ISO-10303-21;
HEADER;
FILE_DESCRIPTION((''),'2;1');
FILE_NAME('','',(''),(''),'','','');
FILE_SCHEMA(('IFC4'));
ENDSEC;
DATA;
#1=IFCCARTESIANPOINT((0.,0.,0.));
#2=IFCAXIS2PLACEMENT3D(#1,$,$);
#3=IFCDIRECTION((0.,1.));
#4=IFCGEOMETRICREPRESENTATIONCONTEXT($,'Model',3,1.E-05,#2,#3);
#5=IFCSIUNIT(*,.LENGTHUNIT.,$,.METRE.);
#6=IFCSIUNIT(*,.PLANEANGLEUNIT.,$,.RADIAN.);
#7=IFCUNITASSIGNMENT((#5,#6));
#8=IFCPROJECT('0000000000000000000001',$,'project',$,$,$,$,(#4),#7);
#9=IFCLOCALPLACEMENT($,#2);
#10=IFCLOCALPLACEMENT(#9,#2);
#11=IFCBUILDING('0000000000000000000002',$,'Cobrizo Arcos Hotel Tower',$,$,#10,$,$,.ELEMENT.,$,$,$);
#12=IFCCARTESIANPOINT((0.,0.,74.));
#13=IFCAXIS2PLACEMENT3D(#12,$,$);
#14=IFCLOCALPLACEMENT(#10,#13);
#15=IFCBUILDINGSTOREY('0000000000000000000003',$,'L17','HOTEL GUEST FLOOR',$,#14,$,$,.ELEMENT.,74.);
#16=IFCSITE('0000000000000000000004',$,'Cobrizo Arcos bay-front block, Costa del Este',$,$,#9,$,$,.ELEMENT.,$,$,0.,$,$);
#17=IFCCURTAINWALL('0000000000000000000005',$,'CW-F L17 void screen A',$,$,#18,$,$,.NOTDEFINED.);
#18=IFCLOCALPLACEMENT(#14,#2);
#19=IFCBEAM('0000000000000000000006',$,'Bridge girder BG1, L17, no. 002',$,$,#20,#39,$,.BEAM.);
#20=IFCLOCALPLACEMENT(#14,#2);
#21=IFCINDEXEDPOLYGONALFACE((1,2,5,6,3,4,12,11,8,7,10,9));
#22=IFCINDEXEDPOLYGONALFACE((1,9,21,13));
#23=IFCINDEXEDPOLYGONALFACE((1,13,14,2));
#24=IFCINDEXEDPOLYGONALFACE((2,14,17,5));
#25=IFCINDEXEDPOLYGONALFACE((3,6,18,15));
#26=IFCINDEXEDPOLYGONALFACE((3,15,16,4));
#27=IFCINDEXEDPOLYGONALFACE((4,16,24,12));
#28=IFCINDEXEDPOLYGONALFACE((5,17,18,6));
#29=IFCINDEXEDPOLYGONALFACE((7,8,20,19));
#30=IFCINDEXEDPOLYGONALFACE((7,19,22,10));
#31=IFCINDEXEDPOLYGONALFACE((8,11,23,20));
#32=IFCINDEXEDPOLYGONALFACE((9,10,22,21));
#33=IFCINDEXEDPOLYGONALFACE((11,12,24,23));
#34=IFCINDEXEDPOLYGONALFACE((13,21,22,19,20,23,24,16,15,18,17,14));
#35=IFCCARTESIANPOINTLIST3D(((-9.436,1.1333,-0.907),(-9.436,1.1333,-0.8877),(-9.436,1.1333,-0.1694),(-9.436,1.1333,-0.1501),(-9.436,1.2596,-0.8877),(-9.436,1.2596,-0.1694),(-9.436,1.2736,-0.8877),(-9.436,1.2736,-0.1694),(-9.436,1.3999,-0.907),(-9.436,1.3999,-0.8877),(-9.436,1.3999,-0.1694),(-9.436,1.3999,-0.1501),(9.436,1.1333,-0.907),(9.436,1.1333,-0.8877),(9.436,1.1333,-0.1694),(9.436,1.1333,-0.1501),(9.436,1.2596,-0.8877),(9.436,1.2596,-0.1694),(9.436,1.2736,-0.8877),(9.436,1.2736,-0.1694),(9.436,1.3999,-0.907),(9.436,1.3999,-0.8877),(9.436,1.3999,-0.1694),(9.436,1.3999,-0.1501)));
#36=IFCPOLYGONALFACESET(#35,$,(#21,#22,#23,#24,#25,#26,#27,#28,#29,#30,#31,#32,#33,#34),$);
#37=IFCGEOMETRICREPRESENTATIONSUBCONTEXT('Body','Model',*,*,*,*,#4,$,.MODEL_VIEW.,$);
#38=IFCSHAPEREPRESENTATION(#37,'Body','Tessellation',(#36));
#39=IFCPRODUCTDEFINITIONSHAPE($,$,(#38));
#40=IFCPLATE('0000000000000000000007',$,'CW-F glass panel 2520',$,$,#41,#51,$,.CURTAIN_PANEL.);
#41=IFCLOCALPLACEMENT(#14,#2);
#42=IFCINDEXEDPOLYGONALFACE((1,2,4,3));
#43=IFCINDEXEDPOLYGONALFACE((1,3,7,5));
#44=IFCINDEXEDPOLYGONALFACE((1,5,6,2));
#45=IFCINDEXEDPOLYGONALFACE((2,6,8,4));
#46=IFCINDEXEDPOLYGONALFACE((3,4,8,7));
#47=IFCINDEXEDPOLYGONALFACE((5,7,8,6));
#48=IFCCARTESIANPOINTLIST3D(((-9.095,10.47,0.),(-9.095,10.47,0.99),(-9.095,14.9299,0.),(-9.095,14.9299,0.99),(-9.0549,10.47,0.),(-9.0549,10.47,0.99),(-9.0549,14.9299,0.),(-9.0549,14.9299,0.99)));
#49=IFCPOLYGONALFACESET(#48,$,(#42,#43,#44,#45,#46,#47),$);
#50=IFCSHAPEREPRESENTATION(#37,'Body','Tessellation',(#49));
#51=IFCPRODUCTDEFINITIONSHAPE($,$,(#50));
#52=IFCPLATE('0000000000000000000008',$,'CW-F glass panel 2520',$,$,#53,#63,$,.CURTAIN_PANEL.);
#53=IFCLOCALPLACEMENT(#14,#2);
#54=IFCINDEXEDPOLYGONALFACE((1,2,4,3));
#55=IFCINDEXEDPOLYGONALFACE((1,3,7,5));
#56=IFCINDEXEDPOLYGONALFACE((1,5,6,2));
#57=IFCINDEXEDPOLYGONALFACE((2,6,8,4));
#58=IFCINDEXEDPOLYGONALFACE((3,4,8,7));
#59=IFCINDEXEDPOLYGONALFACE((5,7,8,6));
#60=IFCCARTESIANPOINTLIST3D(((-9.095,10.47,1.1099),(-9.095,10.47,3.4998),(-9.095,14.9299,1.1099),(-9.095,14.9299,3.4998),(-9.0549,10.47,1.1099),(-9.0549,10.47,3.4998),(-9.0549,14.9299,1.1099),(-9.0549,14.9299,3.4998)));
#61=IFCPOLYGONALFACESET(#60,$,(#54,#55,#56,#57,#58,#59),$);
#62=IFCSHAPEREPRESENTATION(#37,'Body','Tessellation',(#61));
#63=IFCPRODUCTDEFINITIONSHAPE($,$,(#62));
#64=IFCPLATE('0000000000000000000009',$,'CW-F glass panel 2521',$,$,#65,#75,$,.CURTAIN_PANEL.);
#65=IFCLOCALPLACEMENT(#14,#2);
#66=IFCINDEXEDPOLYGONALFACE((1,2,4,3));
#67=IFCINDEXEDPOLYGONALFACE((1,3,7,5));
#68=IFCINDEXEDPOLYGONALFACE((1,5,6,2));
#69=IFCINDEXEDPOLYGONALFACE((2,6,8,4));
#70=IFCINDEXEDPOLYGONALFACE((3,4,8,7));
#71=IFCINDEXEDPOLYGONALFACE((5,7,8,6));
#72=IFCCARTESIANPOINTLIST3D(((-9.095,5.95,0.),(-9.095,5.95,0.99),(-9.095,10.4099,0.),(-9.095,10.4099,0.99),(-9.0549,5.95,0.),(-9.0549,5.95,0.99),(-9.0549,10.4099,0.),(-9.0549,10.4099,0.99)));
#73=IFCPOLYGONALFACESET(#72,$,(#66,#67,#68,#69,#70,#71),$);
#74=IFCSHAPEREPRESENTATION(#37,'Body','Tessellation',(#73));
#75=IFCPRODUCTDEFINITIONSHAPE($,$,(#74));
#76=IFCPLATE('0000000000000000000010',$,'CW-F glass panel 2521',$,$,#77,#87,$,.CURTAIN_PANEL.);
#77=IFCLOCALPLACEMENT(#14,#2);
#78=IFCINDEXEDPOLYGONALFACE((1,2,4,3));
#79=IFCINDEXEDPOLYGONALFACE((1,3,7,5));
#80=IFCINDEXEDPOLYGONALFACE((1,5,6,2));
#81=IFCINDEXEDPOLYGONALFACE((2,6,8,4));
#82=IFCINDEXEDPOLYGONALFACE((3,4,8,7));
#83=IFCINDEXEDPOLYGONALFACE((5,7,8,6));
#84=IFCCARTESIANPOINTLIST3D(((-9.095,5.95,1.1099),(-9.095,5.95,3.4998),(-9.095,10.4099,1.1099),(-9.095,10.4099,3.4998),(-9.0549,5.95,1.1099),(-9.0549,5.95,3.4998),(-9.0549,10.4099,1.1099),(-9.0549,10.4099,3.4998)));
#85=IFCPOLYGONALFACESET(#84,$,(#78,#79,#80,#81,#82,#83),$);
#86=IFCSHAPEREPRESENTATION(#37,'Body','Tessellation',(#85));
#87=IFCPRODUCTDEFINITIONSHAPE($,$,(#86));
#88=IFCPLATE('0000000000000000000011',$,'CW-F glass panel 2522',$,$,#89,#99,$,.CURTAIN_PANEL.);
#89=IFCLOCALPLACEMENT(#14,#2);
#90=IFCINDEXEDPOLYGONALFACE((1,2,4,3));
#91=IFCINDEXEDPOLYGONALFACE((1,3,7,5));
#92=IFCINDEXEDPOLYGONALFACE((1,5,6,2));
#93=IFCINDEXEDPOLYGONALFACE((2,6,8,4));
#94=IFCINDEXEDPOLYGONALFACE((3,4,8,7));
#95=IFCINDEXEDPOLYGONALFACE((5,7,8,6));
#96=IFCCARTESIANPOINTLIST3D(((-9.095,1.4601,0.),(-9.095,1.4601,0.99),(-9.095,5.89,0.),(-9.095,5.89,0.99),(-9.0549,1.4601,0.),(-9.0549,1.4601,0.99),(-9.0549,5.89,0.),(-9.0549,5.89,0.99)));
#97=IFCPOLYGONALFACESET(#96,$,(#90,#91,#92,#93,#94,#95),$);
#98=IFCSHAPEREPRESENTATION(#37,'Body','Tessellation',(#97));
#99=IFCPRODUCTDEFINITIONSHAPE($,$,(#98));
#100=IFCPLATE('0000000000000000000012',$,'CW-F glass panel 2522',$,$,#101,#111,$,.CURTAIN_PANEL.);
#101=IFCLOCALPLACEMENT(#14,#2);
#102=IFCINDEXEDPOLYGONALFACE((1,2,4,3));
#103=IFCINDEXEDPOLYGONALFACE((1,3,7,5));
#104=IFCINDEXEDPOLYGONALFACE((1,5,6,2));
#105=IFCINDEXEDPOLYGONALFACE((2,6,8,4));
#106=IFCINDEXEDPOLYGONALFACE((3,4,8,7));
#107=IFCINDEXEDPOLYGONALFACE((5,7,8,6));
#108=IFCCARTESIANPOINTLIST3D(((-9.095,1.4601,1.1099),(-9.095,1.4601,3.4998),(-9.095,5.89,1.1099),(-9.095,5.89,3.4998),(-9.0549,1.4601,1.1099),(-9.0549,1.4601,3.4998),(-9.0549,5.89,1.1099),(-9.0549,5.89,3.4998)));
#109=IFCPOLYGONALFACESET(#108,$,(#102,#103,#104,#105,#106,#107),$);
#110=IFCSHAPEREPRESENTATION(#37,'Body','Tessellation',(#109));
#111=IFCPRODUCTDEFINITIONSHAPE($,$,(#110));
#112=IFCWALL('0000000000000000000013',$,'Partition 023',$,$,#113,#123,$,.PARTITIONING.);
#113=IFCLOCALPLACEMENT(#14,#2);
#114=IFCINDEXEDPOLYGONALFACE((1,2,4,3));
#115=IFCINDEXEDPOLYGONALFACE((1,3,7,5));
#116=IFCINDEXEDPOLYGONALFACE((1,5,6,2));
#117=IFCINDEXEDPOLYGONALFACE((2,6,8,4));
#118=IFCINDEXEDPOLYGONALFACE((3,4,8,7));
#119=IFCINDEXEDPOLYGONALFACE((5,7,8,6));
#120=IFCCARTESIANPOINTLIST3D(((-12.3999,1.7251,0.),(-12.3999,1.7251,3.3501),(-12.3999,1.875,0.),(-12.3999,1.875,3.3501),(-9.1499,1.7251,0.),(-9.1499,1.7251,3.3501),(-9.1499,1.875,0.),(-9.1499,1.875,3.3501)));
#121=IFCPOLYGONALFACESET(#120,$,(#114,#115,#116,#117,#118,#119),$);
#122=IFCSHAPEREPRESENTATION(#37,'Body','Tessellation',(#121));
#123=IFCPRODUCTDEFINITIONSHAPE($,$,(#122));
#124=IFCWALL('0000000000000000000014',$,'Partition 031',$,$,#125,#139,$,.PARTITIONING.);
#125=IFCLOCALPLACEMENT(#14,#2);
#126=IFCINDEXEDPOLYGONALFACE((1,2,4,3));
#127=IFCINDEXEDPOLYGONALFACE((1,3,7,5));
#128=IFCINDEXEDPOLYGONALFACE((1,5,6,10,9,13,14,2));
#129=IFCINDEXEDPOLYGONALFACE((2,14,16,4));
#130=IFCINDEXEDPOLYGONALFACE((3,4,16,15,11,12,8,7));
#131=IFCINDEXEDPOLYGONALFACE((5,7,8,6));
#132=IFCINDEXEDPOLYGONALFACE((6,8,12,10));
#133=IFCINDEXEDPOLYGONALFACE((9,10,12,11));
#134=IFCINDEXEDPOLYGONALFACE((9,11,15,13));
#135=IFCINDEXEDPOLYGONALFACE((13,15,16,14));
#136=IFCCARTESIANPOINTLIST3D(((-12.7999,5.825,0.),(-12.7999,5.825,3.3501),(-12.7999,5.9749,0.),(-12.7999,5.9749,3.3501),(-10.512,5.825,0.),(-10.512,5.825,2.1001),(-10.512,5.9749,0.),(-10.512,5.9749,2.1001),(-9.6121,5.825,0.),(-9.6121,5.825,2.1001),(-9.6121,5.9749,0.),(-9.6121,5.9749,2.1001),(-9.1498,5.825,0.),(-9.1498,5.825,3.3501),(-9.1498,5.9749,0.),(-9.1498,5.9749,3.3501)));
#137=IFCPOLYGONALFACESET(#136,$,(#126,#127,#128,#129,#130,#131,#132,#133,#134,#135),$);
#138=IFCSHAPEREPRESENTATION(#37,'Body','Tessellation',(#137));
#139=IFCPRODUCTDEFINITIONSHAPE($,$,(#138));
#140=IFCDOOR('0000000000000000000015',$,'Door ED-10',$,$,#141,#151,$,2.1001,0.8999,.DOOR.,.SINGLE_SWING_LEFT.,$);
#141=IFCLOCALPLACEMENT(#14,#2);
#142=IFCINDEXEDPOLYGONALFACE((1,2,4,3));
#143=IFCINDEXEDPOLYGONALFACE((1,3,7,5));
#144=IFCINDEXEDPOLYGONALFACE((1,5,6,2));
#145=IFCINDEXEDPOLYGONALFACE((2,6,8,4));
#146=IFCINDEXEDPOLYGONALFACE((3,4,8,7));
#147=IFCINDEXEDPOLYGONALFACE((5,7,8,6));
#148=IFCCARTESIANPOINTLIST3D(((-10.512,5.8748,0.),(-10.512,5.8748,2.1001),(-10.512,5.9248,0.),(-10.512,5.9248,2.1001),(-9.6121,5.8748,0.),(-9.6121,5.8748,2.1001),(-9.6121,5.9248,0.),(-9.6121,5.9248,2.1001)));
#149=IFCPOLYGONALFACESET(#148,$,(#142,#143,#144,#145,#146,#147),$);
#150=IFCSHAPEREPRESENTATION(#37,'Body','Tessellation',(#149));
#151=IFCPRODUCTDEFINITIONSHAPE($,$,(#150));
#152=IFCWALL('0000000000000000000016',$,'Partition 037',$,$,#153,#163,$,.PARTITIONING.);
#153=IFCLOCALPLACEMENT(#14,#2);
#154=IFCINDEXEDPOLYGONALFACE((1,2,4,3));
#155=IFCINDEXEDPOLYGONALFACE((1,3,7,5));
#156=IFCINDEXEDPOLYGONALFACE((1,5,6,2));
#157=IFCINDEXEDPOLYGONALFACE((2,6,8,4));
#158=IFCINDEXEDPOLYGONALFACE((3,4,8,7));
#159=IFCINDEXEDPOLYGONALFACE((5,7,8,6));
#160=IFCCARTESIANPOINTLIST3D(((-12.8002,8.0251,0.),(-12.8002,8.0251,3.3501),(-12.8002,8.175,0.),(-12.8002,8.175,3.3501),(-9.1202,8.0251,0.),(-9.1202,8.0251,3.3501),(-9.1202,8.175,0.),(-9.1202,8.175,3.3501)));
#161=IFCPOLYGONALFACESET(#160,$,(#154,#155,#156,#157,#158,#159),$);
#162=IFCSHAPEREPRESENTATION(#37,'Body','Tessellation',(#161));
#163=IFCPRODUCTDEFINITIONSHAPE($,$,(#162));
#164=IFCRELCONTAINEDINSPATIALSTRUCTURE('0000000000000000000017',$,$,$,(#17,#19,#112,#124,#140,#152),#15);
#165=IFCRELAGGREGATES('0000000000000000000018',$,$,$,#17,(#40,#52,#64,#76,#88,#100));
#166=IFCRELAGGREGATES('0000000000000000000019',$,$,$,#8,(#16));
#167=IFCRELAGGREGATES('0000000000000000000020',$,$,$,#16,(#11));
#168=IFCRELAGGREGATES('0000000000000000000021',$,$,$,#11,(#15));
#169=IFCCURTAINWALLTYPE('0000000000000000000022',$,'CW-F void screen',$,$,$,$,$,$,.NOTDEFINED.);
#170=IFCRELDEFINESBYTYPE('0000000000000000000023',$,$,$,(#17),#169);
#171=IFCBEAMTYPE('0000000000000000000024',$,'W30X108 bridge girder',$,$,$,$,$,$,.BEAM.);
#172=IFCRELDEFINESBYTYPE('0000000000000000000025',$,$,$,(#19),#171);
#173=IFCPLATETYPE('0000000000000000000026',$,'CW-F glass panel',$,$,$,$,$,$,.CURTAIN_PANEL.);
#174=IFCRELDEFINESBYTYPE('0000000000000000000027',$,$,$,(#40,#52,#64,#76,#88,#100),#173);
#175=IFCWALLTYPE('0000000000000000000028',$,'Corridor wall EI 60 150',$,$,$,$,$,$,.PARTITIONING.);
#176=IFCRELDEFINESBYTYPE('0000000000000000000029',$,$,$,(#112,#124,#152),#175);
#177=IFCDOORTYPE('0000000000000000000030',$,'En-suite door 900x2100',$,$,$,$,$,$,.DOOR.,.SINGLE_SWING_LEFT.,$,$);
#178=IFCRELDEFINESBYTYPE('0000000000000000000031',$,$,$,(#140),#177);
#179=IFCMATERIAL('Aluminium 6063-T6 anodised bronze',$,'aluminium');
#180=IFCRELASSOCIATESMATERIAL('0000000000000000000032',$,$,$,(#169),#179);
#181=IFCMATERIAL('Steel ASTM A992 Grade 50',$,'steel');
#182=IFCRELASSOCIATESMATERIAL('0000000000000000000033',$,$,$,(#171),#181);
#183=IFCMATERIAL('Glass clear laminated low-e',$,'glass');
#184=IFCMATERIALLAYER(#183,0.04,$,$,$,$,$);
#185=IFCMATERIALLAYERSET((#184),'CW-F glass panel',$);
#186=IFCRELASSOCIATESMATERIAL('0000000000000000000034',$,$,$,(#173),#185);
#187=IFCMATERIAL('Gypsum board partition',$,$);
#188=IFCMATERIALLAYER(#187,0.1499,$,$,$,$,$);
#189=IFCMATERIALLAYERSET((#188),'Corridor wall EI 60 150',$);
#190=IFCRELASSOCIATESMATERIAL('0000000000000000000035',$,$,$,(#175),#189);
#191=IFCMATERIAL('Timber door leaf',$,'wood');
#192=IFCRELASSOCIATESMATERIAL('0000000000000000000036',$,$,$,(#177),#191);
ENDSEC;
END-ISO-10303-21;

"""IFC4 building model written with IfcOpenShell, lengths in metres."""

from ifc_helpers import new_model, si_unit, direction, frame, frame_2d, origin, origin_2d, place, context, subcontext, project, spatial, rectangle, i_section, extrude, material, layer, layer_set, material_profile, profile_set, type_object, element, fill, aggregate, save


model = new_model("IFC4")

# Units and contexts
model_context = context("Model", 3, precision=1e-05, world=origin(), true_north=direction((0.0, 1.0)))
body_context = subcontext(model_context, "Body", "Model", "MODEL_VIEW")
ifc_project = project(units=[si_unit("LENGTHUNIT", "METRE"), si_unit("PLANEANGLEUNIT", "RADIAN")], contexts=[model_context])

# Site, building, storey
site_placement = place(None, origin())
site = spatial("IfcSite", under=ifc_project, at=site_placement, Name="Cobrizo Arcos bay-front block, Costa del Este", CompositionType="ELEMENT", RefElevation=0.0)
building_placement = place(site_placement, origin())
building = spatial("IfcBuilding", under=site, at=building_placement, Name="Cobrizo Arcos Hotel Tower", CompositionType="ELEMENT")
storey_placement = place(building_placement, frame((0.0, 0.0, 74.0)))
storey = spatial("IfcBuildingStorey", under=building, at=storey_placement, Name="L17", Description="HOTEL GUEST FLOOR", CompositionType="ELEMENT", Elevation=74.0)

# Shared definitions
ifc_material_1 = material(Name="Steel ASTM A992 Grade 50", Category="steel")

# Curtain wall
ifc_material_2 = material(Name="Aluminium 6063-T6 anodised bronze", Category="aluminium")
curtain_wall_type = type_object("IfcCurtainWallType", Name="CW-F void screen", PredefinedType="NOTDEFINED", material=ifc_material_2)
curtain_wall_placement = place(storey_placement, origin())
curtain_wall = element("IfcCurtainWall", 1, at=curtain_wall_placement, inside=storey, type_object=curtain_wall_type, Name="CW-F L17 void screen A", PredefinedType="NOTDEFINED")

# Beam
ifc_material_profile_1 = material_profile(ifc_material_1, i_section(OverallWidth=0.2666, OverallDepth=0.7568, WebThickness=0.0139, FlangeThickness=0.0193, at=origin_2d()), Name="W30X108")
ifc_profile_set_1 = profile_set([ifc_material_profile_1], Name="Steel ASTM A992 Grade 50")
beam_type_1 = type_object("IfcBeamType", Name="W30X108 bridge girder", PredefinedType="BEAM", material=ifc_profile_set_1)
beam_1_placement = place(storey_placement, frame((-9.436, 1.2666, -0.5286), z_axis=(1.0, 0.0, 0.0), x_axis=(0.0, 1.0, 0.0)))
element("IfcBeam", 2, at=beam_1_placement, inside=storey, type_object=beam_type_1, Name="Bridge girder BG1, L17, no. 002", PredefinedType="BEAM", context=body_context, shape_type="SweptSolid", body=[
    extrude(i_section(OverallWidth=0.2666, OverallDepth=0.7568, WebThickness=0.0139, FlangeThickness=0.0193, at=origin_2d()), origin(), (0.0, 0.0, 1.0), 18.8721),
])

# Plates
ifc_material_3 = material(Name="Glass clear laminated low-e", Category="glass")
ifc_layer_1 = layer(ifc_material_3, 0.04)
ifc_layer_set_1 = layer_set([ifc_layer_1], Name="CW-F glass panel")
plate_type = type_object("IfcPlateType", Name="CW-F glass panel", PredefinedType="CURTAIN_PANEL", material=ifc_layer_set_1)
plate_1_placement = place(storey_placement, frame((-9.075, 12.7, 0.0), z_axis=(0.0, 0.0, 1.0), x_axis=(0.0, -1.0, 0.0)))
plate_1 = element("IfcPlate", 3, at=plate_1_placement, type_object=plate_type, Name="CW-F glass panel 2520", PredefinedType="CURTAIN_PANEL", context=body_context, shape_type="SweptSolid", body=[
    extrude(rectangle(XDim=4.46, YDim=0.04, at=origin_2d()), origin(), (0.0, 0.0, 1.0), 0.99),
])
plate_2_placement = place(storey_placement, frame((-9.075, 12.7, 1.1099), z_axis=(0.0, 0.0, 1.0), x_axis=(0.0, -1.0, 0.0)))
plate_2 = element("IfcPlate", 4, at=plate_2_placement, type_object=plate_type, Name="CW-F glass panel 2520", PredefinedType="CURTAIN_PANEL", context=body_context, shape_type="SweptSolid", body=[
    extrude(rectangle(XDim=4.46, YDim=0.04, at=origin_2d()), origin(), (0.0, 0.0, 1.0), 2.3899),
])
plate_3_placement = place(storey_placement, frame((-9.075, 8.1799, 0.0), z_axis=(0.0, 0.0, 1.0), x_axis=(0.0, -1.0, 0.0)))
plate_3 = element("IfcPlate", 5, at=plate_3_placement, type_object=plate_type, Name="CW-F glass panel 2521", PredefinedType="CURTAIN_PANEL", context=body_context, shape_type="SweptSolid", body=[
    extrude(rectangle(XDim=4.46, YDim=0.04, at=origin_2d()), origin(), (0.0, 0.0, 1.0), 0.99),
])
plate_4_placement = place(storey_placement, frame((-9.075, 8.1799, 1.1099), z_axis=(0.0, 0.0, 1.0), x_axis=(0.0, -1.0, 0.0)))
plate_4 = element("IfcPlate", 6, at=plate_4_placement, type_object=plate_type, Name="CW-F glass panel 2521", PredefinedType="CURTAIN_PANEL", context=body_context, shape_type="SweptSolid", body=[
    extrude(rectangle(XDim=4.46, YDim=0.04, at=origin_2d()), origin(), (0.0, 0.0, 1.0), 2.3899),
])
plate_5_placement = place(storey_placement, frame((-9.075, 3.675, 0.0), z_axis=(0.0, 0.0, 1.0), x_axis=(0.0, -1.0, 0.0)))
plate_5 = element("IfcPlate", 7, at=plate_5_placement, type_object=plate_type, Name="CW-F glass panel 2522", PredefinedType="CURTAIN_PANEL", context=body_context, shape_type="SweptSolid", body=[
    extrude(rectangle(XDim=4.4299, YDim=0.04, at=origin_2d()), origin(), (0.0, 0.0, 1.0), 0.99),
])
plate_6_placement = place(storey_placement, frame((-9.075, 3.675, 1.1099), z_axis=(0.0, 0.0, 1.0), x_axis=(0.0, -1.0, 0.0)))
plate_6 = element("IfcPlate", 8, at=plate_6_placement, type_object=plate_type, Name="CW-F glass panel 2522", PredefinedType="CURTAIN_PANEL", context=body_context, shape_type="SweptSolid", body=[
    extrude(rectangle(XDim=4.4299, YDim=0.04, at=origin_2d()), origin(), (0.0, 0.0, 1.0), 2.3899),
])
aggregate(curtain_wall, [plate_1, plate_2, plate_3, plate_4, plate_5, plate_6])

# Wall
ifc_material_4 = material(Name="Gypsum board partition")
ifc_layer_2 = layer(ifc_material_4, 0.1499)
ifc_layer_set_2 = layer_set([ifc_layer_2], Name="Corridor wall EI 60 150")
wall_type_1 = type_object("IfcWallType", Name="Corridor wall EI 60 150", PredefinedType="PARTITIONING", material=ifc_layer_set_2)
wall_1_placement = place(storey_placement, frame((-12.3999, 1.8, 0.0), z_axis=(0.0, 0.0, 1.0), x_axis=(1.0, 0.0, 0.0)))
element("IfcWall", 9, at=wall_1_placement, inside=storey, type_object=wall_type_1, Name="Partition 023", PredefinedType="PARTITIONING", context=body_context, shape_type="SweptSolid", body=[
    extrude(rectangle(XDim=3.25, YDim=0.1499, at=frame_2d((1.625, 0.0))), origin(), (0.0, 0.0, 1.0), 3.3501),
])

# Wall, opening, door
wall_2_placement = place(storey_placement, frame((-12.8, 5.8999, 0.0), z_axis=(0.0, 0.0, 1.0), x_axis=(1.0, 0.0, 0.0)))
wall_2 = element("IfcWall", 10, at=wall_2_placement, inside=storey, type_object=wall_type_1, Name="Partition 031", PredefinedType="PARTITIONING", context=body_context, shape_type="SweptSolid", body=[
    extrude(rectangle(XDim=3.6501, YDim=0.1499, at=frame_2d((1.8252, 0.0))), origin(), (0.0, 0.0, 1.0), 3.3501),
])
opening_1_placement = place(wall_2_placement, frame((2.2881, 0.0, 0.0)))
opening_1 = element("IfcOpeningElement", 11, at=opening_1_placement, cuts=wall_2, PredefinedType="OPENING", context=body_context, shape_type="SweptSolid", body=[
    extrude(rectangle(XDim=0.8999, YDim=2.1001, at=frame_2d((0.45, 1.05))), frame((0.0, 0.0869, 0.0), z_axis=(0.0, -1.0, 0.0), x_axis=(1.0, 0.0, 0.0)), (0.0, 0.0, 1.0), 0.1738),
])
ifc_material_5 = material(Name="Timber door leaf", Category="wood")
door_type_1 = type_object("IfcDoorType", Name="En-suite door 900x2100", OperationType="SINGLE_SWING_LEFT", PredefinedType="DOOR", material=ifc_material_5)
door_1_placement = place(opening_1_placement, origin())
door_1 = element("IfcDoor", 12, at=door_1_placement, inside=storey, type_object=door_type_1, Name="Door ED-10", OperationType="SINGLE_SWING_LEFT", OverallHeight=2.1001, OverallWidth=0.8999, PredefinedType="DOOR", context=body_context, shape_type="SweptSolid", body=[
    extrude(rectangle(XDim=0.8999, YDim=2.1001, at=frame_2d((0.45, 1.05))), frame((0.0, 0.0249, 0.0), z_axis=(0.0, -1.0, 0.0), x_axis=(1.0, 0.0, 0.0)), (0.0, 0.0, 1.0), 0.05),
])
fill(opening_1, door_1)

# Wall
wall_3_placement = place(storey_placement, frame((-12.8, 8.1001, 0.0), z_axis=(0.0, 0.0, 1.0), x_axis=(1.0, 0.0, 0.0)))
element("IfcWall", 13, at=wall_3_placement, inside=storey, type_object=wall_type_1, Name="Partition 037", PredefinedType="PARTITIONING", context=body_context, shape_type="SweptSolid", body=[
    extrude(rectangle(XDim=3.6799, YDim=0.1499, at=frame_2d((1.8398, 0.0))), origin(), (0.0, 0.0, 1.0), 3.3501),
])

save(model, "model.ifc")
